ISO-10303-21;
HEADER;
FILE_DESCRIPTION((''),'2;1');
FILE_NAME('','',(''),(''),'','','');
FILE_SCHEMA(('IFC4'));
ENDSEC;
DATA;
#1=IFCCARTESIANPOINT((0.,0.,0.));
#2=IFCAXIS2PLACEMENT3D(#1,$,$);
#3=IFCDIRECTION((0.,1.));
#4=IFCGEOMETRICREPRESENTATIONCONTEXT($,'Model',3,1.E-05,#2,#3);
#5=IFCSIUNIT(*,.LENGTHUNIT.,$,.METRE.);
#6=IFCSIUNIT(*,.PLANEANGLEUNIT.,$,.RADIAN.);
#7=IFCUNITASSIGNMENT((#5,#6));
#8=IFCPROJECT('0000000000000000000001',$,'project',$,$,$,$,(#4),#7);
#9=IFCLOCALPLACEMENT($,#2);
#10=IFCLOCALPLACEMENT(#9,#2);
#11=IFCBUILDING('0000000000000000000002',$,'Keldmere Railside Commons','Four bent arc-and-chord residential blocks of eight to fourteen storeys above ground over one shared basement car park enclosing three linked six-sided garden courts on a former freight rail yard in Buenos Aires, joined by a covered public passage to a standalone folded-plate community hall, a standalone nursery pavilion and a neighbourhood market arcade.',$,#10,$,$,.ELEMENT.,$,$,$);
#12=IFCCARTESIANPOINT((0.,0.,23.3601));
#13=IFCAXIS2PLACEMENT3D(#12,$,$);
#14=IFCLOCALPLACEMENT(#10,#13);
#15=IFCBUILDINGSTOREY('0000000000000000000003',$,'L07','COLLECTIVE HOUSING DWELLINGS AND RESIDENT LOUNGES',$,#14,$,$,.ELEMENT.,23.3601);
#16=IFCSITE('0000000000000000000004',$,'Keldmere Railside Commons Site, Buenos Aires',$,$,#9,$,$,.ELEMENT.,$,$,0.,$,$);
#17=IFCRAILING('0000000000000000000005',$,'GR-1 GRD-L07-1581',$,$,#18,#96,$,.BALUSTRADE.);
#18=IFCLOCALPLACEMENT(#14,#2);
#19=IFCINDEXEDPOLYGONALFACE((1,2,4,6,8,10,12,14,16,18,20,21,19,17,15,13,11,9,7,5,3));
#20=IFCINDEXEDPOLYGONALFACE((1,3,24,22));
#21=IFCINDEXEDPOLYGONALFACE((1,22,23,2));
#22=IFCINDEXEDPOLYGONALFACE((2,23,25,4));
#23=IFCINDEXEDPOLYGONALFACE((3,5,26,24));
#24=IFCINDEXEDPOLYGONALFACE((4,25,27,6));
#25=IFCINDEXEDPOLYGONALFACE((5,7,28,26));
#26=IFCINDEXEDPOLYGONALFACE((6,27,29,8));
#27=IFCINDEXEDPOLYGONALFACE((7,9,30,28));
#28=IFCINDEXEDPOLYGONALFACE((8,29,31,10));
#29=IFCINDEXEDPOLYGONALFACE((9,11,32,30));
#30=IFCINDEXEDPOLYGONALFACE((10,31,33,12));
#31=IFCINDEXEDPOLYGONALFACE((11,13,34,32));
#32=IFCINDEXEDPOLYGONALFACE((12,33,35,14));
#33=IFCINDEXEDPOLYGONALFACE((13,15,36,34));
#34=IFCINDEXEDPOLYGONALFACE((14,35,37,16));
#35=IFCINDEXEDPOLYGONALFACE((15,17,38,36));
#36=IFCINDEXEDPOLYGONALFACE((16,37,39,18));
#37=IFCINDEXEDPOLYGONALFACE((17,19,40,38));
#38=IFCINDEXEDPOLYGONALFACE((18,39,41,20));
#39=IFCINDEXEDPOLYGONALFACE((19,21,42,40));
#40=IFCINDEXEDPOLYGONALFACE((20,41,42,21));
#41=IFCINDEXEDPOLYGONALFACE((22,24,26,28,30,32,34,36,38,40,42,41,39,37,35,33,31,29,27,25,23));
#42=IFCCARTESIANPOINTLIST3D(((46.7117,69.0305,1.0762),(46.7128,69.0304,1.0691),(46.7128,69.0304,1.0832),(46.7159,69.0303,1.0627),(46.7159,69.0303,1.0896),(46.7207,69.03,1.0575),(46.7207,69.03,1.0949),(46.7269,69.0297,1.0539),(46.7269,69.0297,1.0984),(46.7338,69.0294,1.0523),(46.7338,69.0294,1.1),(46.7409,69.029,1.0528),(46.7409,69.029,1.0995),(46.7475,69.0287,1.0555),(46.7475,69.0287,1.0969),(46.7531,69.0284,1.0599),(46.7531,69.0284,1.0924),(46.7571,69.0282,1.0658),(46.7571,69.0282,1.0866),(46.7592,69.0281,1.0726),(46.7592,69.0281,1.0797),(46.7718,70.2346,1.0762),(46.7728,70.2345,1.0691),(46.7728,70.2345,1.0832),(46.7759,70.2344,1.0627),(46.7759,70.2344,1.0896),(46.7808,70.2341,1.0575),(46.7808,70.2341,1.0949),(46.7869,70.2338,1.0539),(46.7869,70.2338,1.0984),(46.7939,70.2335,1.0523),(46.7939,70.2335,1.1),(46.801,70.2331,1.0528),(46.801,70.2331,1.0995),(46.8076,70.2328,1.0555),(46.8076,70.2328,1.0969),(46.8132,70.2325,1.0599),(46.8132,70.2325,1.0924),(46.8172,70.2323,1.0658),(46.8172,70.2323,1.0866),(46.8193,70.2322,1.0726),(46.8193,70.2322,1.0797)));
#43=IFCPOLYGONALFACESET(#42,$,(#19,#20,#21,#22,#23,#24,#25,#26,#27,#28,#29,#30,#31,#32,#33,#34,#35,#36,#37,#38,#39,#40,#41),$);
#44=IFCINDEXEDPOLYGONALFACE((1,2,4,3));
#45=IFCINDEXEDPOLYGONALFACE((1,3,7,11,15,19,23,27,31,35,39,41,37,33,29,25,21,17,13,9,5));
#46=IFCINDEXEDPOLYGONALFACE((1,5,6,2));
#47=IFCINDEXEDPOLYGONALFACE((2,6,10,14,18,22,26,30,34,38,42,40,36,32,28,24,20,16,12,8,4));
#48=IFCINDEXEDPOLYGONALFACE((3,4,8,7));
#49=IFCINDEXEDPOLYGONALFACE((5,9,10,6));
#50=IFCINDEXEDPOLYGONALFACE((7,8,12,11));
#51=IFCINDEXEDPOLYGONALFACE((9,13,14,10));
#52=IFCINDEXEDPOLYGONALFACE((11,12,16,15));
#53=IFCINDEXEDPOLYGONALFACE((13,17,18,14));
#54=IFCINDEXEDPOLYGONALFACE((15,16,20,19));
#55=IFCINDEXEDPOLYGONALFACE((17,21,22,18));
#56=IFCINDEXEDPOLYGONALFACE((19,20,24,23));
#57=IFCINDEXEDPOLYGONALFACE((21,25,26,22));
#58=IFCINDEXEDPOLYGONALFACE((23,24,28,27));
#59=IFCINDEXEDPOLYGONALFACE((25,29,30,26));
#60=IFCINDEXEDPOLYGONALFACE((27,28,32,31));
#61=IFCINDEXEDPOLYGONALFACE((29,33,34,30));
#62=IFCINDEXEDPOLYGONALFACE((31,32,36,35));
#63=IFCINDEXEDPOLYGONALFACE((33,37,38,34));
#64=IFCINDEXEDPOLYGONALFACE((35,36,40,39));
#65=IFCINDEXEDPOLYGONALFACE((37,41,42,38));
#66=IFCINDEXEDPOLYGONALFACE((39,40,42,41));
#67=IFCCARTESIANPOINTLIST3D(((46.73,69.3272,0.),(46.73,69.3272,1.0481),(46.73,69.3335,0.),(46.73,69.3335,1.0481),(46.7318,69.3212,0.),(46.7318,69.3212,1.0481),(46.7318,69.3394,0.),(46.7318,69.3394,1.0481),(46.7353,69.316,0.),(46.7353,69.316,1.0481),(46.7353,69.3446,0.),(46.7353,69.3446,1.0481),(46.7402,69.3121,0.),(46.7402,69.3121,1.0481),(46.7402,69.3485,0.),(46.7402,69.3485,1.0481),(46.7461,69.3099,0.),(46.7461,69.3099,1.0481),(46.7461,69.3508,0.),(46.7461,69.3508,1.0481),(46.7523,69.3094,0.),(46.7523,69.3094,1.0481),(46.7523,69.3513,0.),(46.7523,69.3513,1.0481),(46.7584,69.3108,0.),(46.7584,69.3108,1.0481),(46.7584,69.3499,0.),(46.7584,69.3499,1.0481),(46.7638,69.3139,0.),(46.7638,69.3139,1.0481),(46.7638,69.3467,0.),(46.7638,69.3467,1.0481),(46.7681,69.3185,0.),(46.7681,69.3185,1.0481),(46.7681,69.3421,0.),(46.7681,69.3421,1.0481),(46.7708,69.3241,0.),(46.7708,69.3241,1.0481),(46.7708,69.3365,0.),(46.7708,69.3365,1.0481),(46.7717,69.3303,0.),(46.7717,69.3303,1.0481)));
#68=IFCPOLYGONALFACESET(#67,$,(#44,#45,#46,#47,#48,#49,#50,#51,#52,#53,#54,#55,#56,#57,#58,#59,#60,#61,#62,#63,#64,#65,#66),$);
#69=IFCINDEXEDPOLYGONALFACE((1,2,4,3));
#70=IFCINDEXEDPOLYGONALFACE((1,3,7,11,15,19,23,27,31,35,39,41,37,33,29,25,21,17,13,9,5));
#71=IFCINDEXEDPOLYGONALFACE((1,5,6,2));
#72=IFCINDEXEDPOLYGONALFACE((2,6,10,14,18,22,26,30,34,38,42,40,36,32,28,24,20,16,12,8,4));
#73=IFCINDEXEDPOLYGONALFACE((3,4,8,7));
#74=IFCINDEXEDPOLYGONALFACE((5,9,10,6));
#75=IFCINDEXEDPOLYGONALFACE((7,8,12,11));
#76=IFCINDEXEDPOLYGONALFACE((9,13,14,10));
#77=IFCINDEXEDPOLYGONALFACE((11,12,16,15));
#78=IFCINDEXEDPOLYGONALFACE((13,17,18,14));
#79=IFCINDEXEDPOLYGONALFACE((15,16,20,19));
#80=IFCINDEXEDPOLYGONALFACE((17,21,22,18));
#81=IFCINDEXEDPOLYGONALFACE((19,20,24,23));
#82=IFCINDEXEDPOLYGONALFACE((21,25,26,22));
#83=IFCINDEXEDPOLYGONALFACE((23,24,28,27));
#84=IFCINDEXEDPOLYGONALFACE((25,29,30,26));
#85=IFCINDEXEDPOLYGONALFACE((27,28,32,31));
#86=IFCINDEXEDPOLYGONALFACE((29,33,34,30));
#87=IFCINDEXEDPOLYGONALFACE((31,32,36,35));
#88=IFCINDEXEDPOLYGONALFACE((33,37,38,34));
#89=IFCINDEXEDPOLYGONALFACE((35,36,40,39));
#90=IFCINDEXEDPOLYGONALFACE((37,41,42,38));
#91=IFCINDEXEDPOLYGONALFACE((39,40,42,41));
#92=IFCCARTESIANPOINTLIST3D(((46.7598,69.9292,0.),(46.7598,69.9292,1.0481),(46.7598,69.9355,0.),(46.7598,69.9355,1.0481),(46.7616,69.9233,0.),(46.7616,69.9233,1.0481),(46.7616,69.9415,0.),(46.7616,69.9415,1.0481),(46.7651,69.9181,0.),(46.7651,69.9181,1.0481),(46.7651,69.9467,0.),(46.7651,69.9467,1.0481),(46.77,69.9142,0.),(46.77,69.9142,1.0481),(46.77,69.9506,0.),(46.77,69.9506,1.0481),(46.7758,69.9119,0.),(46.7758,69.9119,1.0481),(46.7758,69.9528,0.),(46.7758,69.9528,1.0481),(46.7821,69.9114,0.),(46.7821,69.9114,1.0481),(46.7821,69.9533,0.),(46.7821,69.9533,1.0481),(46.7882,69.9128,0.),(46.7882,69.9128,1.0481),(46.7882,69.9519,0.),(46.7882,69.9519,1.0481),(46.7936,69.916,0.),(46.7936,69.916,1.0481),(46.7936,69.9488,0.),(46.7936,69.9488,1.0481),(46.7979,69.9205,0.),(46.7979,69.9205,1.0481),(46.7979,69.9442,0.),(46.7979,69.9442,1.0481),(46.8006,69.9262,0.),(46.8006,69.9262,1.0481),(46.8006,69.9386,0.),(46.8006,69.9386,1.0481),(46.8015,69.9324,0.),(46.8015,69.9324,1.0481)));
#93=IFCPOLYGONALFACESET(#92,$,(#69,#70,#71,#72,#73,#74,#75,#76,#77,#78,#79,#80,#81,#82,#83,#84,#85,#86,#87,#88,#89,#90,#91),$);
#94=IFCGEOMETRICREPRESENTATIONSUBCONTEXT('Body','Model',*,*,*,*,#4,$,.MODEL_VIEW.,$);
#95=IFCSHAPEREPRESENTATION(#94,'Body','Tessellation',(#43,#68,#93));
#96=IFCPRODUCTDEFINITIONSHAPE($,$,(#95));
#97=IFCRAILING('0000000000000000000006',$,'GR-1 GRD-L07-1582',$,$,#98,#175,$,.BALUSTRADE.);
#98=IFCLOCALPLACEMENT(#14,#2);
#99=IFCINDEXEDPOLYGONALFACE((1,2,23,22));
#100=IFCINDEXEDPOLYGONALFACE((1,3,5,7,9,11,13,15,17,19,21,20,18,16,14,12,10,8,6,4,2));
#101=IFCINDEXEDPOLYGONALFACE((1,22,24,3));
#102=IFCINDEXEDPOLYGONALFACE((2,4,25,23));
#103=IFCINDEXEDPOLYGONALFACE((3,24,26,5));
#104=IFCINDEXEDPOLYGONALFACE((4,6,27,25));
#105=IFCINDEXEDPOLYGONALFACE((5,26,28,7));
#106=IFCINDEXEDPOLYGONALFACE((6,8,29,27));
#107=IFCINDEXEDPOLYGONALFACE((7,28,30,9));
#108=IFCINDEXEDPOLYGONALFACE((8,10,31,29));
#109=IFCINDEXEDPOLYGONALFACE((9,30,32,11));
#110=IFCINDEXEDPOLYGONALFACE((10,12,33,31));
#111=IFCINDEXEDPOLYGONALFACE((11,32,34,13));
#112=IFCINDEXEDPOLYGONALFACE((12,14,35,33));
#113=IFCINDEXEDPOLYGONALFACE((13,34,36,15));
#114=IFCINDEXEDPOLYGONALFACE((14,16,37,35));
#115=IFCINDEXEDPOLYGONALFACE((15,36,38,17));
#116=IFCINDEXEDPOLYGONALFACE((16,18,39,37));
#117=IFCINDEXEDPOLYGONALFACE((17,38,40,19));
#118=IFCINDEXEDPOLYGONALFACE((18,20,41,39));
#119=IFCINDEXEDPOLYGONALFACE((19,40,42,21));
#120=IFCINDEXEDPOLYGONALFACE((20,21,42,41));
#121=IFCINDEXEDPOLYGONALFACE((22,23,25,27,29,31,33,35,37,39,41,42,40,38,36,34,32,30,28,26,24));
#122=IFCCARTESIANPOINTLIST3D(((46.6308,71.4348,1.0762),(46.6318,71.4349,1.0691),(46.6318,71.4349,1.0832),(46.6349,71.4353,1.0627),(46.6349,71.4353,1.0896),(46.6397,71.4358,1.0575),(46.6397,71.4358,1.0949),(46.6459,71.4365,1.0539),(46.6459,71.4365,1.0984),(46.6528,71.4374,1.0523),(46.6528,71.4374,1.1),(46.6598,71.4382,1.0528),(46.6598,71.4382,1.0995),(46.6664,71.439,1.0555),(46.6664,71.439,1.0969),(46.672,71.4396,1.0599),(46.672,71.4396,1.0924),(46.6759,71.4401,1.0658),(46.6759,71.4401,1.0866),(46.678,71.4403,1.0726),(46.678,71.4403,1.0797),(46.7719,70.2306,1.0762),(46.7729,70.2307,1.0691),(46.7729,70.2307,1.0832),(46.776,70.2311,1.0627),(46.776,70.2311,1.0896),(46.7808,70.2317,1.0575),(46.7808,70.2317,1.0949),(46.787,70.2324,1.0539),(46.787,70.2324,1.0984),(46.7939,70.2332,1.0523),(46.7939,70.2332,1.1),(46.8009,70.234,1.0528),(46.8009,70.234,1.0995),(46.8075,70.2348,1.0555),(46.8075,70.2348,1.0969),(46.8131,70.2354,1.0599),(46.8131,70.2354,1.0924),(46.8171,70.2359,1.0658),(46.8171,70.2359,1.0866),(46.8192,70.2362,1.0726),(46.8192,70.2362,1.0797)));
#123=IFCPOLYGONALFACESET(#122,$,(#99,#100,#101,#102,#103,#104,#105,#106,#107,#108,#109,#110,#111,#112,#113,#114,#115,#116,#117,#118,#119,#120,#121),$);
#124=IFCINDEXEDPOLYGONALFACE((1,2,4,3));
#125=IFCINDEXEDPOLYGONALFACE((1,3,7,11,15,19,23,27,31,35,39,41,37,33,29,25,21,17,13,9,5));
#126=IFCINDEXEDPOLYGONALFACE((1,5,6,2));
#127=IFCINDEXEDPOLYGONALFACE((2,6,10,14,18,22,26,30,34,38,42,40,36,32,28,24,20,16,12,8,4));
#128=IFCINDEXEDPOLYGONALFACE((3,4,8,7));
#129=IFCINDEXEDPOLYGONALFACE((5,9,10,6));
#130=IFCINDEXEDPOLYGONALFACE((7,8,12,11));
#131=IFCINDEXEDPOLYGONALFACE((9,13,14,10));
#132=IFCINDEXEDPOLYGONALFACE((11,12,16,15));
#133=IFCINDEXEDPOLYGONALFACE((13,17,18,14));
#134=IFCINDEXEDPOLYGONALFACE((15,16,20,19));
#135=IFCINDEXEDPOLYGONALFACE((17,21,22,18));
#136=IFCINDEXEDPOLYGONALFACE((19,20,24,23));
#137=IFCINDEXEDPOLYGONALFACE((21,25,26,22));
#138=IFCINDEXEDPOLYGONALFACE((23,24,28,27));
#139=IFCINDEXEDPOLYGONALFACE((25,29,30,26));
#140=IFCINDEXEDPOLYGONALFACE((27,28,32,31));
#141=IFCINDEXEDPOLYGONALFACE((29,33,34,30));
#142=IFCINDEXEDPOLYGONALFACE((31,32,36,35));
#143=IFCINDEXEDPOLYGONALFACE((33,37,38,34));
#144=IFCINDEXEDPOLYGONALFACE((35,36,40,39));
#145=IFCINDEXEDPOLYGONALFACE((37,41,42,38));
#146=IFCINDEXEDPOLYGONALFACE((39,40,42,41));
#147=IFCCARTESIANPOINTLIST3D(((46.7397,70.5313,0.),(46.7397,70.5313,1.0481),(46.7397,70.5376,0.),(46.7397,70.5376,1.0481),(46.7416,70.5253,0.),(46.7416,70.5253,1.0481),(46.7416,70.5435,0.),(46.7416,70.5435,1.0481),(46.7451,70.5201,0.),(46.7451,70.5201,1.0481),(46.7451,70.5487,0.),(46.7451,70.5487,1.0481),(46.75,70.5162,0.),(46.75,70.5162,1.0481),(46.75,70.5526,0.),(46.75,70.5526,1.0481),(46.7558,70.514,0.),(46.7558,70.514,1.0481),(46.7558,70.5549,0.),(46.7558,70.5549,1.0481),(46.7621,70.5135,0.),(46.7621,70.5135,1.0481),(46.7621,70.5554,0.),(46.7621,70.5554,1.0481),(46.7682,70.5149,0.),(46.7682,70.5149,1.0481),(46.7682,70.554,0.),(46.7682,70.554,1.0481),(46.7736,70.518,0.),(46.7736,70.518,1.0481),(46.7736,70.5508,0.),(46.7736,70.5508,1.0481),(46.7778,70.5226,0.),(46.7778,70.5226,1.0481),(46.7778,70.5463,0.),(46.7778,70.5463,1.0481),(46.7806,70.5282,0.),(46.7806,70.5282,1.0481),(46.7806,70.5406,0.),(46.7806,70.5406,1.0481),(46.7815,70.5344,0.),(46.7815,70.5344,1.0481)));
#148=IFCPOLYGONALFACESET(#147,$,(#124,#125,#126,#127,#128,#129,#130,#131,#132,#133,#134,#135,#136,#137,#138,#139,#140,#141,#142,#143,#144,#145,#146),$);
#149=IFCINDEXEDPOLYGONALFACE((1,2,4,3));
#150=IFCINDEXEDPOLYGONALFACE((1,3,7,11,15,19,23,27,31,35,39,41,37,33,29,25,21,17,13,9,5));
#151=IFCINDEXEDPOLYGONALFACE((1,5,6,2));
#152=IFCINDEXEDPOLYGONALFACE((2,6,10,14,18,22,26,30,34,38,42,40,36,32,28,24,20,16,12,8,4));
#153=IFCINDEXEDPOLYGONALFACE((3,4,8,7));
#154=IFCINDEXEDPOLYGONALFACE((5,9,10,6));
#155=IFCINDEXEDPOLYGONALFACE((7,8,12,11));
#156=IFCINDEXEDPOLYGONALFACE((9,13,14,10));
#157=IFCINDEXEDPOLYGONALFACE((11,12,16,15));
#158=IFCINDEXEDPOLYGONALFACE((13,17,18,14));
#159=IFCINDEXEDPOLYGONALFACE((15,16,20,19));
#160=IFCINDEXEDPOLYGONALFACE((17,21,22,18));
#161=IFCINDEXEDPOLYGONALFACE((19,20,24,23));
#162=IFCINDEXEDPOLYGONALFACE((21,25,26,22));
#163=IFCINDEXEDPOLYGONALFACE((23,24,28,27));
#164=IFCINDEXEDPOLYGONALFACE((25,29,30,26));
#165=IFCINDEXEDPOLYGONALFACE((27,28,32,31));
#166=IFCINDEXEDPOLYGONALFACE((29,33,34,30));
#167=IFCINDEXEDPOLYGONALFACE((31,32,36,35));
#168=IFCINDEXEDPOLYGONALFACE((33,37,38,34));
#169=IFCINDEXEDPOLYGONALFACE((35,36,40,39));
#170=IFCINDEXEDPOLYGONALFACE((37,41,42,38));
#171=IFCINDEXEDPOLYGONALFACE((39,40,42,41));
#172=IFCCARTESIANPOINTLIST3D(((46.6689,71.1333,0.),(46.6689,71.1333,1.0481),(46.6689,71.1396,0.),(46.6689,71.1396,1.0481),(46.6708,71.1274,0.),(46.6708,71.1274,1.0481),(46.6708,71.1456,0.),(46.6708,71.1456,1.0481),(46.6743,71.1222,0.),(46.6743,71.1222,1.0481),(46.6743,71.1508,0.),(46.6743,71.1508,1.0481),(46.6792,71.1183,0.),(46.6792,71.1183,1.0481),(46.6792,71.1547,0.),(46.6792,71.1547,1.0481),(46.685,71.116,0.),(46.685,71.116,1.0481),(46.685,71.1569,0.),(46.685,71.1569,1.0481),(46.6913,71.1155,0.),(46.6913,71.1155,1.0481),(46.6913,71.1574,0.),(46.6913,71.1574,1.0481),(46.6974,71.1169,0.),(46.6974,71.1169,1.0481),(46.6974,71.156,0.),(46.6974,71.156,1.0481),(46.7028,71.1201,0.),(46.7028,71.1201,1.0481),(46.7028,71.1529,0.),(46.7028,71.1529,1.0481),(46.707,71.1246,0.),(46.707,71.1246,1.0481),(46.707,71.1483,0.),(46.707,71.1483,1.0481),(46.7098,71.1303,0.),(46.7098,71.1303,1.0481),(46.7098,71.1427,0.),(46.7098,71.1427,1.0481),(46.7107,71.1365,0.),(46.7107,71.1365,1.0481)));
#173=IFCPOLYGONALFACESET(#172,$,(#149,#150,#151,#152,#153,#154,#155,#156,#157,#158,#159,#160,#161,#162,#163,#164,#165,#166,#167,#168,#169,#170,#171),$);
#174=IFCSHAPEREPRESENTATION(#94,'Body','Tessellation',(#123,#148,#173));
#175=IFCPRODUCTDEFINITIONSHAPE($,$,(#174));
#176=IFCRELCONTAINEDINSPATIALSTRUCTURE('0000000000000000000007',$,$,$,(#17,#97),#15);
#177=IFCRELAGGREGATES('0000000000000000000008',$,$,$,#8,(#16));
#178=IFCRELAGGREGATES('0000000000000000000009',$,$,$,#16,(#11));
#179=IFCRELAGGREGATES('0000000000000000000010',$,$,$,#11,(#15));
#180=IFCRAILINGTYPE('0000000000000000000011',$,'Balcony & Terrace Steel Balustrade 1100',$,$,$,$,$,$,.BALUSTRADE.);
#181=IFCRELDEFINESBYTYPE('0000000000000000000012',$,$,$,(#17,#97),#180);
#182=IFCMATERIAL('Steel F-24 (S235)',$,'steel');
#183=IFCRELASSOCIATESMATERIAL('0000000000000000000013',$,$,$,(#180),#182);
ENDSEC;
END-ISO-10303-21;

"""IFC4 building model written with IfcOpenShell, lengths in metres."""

from ifc_helpers import new_model, si_unit, direction, frame, origin, origin_2d, place, context, subcontext, project, spatial, circle, extrude, material, type_object, element, save


model = new_model("IFC4")

# Units and contexts
model_context = context("Model", 3, precision=1e-05, world=origin(), true_north=direction((0.0, 1.0)))
body_context = subcontext(model_context, "Body", "Model", "MODEL_VIEW")
ifc_project = project(units=[si_unit("LENGTHUNIT", "METRE"), si_unit("PLANEANGLEUNIT", "RADIAN")], contexts=[model_context])

# Site, building, storey
site_placement = place(None, origin())
site = spatial("IfcSite", under=ifc_project, at=site_placement, Name="Keldmere Railside Commons Site, Buenos Aires", CompositionType="ELEMENT", RefElevation=0.0)
building_placement = place(site_placement, origin())
building = spatial("IfcBuilding", under=site, at=building_placement, Name="Keldmere Railside Commons", Description="Four bent arc-and-chord residential blocks of eight to fourteen storeys above ground over one shared basement car park enclosing three linked six-sided garden courts on a former freight rail yard in Buenos Aires, joined by a covered public passage to a standalone folded-plate community hall, a standalone nursery pavilion and a neighbourhood market arcade.", CompositionType="ELEMENT")
storey_placement = place(building_placement, frame((0.0, 0.0, 23.3601)))
storey = spatial("IfcBuildingStorey", under=building, at=storey_placement, Name="L07", Description="COLLECTIVE HOUSING DWELLINGS AND RESIDENT LOUNGES", CompositionType="ELEMENT", Elevation=23.3601)

# Shared definitions
ifc_material_1 = material(Name="Steel F-24 (S235)", Category="steel")

# Railings
railing_type_1 = type_object("IfcRailingType", Name="Balcony & Terrace Steel Balustrade 1100", PredefinedType="BALUSTRADE", material=ifc_material_1)
railing_1_placement = place(storey_placement, frame((46.7356, 69.0293, 0.0)))
element("IfcRailing", 1, at=railing_1_placement, inside=storey, type_object=railing_type_1, Name="GR-1 GRD-L07-1581", PredefinedType="BALUSTRADE", context=body_context, shape_type="SweptSolid", body=[
    extrude(circle(Radius=0.0239, at=origin_2d()), frame((0.0, 0.0, 1.0762), z_axis=(0.049816, 0.998758, 0.0), x_axis=(-0.998758, 0.049816, 0.0)), (0.0, 0.0, 1.0), 1.2056),
    extrude(circle(Radius=0.021, at=origin_2d()), frame((0.0151, 0.301, 0.0)), (0.0, 0.0, 1.0), 1.0481),
    extrude(circle(Radius=0.021, at=origin_2d()), frame((0.0449, 0.9031, 0.0)), (0.0, 0.0, 1.0), 1.0481),
])
railing_2_placement = place(storey_placement, frame((46.7957, 70.2334, 0.0)))
element("IfcRailing", 2, at=railing_2_placement, inside=storey, type_object=railing_type_1, Name="GR-1 GRD-L07-1582", PredefinedType="BALUSTRADE", context=body_context, shape_type="SweptSolid", body=[
    extrude(circle(Radius=0.0239, at=origin_2d()), frame((0.0, 0.0, 1.0762), z_axis=(-0.116397, 0.993203, 0.0), x_axis=(-0.993203, -0.116397, 0.0)), (0.0, 0.0, 1.0), 1.2124),
    extrude(circle(Radius=0.021, at=origin_2d()), frame((-0.0352, 0.301, 0.0)), (0.0, 0.0, 1.0), 1.0481),
    extrude(circle(Radius=0.021, at=origin_2d()), frame((-0.106, 0.9031, 0.0)), (0.0, 0.0, 1.0), 1.0481),
])

save(model, "model.ifc")
